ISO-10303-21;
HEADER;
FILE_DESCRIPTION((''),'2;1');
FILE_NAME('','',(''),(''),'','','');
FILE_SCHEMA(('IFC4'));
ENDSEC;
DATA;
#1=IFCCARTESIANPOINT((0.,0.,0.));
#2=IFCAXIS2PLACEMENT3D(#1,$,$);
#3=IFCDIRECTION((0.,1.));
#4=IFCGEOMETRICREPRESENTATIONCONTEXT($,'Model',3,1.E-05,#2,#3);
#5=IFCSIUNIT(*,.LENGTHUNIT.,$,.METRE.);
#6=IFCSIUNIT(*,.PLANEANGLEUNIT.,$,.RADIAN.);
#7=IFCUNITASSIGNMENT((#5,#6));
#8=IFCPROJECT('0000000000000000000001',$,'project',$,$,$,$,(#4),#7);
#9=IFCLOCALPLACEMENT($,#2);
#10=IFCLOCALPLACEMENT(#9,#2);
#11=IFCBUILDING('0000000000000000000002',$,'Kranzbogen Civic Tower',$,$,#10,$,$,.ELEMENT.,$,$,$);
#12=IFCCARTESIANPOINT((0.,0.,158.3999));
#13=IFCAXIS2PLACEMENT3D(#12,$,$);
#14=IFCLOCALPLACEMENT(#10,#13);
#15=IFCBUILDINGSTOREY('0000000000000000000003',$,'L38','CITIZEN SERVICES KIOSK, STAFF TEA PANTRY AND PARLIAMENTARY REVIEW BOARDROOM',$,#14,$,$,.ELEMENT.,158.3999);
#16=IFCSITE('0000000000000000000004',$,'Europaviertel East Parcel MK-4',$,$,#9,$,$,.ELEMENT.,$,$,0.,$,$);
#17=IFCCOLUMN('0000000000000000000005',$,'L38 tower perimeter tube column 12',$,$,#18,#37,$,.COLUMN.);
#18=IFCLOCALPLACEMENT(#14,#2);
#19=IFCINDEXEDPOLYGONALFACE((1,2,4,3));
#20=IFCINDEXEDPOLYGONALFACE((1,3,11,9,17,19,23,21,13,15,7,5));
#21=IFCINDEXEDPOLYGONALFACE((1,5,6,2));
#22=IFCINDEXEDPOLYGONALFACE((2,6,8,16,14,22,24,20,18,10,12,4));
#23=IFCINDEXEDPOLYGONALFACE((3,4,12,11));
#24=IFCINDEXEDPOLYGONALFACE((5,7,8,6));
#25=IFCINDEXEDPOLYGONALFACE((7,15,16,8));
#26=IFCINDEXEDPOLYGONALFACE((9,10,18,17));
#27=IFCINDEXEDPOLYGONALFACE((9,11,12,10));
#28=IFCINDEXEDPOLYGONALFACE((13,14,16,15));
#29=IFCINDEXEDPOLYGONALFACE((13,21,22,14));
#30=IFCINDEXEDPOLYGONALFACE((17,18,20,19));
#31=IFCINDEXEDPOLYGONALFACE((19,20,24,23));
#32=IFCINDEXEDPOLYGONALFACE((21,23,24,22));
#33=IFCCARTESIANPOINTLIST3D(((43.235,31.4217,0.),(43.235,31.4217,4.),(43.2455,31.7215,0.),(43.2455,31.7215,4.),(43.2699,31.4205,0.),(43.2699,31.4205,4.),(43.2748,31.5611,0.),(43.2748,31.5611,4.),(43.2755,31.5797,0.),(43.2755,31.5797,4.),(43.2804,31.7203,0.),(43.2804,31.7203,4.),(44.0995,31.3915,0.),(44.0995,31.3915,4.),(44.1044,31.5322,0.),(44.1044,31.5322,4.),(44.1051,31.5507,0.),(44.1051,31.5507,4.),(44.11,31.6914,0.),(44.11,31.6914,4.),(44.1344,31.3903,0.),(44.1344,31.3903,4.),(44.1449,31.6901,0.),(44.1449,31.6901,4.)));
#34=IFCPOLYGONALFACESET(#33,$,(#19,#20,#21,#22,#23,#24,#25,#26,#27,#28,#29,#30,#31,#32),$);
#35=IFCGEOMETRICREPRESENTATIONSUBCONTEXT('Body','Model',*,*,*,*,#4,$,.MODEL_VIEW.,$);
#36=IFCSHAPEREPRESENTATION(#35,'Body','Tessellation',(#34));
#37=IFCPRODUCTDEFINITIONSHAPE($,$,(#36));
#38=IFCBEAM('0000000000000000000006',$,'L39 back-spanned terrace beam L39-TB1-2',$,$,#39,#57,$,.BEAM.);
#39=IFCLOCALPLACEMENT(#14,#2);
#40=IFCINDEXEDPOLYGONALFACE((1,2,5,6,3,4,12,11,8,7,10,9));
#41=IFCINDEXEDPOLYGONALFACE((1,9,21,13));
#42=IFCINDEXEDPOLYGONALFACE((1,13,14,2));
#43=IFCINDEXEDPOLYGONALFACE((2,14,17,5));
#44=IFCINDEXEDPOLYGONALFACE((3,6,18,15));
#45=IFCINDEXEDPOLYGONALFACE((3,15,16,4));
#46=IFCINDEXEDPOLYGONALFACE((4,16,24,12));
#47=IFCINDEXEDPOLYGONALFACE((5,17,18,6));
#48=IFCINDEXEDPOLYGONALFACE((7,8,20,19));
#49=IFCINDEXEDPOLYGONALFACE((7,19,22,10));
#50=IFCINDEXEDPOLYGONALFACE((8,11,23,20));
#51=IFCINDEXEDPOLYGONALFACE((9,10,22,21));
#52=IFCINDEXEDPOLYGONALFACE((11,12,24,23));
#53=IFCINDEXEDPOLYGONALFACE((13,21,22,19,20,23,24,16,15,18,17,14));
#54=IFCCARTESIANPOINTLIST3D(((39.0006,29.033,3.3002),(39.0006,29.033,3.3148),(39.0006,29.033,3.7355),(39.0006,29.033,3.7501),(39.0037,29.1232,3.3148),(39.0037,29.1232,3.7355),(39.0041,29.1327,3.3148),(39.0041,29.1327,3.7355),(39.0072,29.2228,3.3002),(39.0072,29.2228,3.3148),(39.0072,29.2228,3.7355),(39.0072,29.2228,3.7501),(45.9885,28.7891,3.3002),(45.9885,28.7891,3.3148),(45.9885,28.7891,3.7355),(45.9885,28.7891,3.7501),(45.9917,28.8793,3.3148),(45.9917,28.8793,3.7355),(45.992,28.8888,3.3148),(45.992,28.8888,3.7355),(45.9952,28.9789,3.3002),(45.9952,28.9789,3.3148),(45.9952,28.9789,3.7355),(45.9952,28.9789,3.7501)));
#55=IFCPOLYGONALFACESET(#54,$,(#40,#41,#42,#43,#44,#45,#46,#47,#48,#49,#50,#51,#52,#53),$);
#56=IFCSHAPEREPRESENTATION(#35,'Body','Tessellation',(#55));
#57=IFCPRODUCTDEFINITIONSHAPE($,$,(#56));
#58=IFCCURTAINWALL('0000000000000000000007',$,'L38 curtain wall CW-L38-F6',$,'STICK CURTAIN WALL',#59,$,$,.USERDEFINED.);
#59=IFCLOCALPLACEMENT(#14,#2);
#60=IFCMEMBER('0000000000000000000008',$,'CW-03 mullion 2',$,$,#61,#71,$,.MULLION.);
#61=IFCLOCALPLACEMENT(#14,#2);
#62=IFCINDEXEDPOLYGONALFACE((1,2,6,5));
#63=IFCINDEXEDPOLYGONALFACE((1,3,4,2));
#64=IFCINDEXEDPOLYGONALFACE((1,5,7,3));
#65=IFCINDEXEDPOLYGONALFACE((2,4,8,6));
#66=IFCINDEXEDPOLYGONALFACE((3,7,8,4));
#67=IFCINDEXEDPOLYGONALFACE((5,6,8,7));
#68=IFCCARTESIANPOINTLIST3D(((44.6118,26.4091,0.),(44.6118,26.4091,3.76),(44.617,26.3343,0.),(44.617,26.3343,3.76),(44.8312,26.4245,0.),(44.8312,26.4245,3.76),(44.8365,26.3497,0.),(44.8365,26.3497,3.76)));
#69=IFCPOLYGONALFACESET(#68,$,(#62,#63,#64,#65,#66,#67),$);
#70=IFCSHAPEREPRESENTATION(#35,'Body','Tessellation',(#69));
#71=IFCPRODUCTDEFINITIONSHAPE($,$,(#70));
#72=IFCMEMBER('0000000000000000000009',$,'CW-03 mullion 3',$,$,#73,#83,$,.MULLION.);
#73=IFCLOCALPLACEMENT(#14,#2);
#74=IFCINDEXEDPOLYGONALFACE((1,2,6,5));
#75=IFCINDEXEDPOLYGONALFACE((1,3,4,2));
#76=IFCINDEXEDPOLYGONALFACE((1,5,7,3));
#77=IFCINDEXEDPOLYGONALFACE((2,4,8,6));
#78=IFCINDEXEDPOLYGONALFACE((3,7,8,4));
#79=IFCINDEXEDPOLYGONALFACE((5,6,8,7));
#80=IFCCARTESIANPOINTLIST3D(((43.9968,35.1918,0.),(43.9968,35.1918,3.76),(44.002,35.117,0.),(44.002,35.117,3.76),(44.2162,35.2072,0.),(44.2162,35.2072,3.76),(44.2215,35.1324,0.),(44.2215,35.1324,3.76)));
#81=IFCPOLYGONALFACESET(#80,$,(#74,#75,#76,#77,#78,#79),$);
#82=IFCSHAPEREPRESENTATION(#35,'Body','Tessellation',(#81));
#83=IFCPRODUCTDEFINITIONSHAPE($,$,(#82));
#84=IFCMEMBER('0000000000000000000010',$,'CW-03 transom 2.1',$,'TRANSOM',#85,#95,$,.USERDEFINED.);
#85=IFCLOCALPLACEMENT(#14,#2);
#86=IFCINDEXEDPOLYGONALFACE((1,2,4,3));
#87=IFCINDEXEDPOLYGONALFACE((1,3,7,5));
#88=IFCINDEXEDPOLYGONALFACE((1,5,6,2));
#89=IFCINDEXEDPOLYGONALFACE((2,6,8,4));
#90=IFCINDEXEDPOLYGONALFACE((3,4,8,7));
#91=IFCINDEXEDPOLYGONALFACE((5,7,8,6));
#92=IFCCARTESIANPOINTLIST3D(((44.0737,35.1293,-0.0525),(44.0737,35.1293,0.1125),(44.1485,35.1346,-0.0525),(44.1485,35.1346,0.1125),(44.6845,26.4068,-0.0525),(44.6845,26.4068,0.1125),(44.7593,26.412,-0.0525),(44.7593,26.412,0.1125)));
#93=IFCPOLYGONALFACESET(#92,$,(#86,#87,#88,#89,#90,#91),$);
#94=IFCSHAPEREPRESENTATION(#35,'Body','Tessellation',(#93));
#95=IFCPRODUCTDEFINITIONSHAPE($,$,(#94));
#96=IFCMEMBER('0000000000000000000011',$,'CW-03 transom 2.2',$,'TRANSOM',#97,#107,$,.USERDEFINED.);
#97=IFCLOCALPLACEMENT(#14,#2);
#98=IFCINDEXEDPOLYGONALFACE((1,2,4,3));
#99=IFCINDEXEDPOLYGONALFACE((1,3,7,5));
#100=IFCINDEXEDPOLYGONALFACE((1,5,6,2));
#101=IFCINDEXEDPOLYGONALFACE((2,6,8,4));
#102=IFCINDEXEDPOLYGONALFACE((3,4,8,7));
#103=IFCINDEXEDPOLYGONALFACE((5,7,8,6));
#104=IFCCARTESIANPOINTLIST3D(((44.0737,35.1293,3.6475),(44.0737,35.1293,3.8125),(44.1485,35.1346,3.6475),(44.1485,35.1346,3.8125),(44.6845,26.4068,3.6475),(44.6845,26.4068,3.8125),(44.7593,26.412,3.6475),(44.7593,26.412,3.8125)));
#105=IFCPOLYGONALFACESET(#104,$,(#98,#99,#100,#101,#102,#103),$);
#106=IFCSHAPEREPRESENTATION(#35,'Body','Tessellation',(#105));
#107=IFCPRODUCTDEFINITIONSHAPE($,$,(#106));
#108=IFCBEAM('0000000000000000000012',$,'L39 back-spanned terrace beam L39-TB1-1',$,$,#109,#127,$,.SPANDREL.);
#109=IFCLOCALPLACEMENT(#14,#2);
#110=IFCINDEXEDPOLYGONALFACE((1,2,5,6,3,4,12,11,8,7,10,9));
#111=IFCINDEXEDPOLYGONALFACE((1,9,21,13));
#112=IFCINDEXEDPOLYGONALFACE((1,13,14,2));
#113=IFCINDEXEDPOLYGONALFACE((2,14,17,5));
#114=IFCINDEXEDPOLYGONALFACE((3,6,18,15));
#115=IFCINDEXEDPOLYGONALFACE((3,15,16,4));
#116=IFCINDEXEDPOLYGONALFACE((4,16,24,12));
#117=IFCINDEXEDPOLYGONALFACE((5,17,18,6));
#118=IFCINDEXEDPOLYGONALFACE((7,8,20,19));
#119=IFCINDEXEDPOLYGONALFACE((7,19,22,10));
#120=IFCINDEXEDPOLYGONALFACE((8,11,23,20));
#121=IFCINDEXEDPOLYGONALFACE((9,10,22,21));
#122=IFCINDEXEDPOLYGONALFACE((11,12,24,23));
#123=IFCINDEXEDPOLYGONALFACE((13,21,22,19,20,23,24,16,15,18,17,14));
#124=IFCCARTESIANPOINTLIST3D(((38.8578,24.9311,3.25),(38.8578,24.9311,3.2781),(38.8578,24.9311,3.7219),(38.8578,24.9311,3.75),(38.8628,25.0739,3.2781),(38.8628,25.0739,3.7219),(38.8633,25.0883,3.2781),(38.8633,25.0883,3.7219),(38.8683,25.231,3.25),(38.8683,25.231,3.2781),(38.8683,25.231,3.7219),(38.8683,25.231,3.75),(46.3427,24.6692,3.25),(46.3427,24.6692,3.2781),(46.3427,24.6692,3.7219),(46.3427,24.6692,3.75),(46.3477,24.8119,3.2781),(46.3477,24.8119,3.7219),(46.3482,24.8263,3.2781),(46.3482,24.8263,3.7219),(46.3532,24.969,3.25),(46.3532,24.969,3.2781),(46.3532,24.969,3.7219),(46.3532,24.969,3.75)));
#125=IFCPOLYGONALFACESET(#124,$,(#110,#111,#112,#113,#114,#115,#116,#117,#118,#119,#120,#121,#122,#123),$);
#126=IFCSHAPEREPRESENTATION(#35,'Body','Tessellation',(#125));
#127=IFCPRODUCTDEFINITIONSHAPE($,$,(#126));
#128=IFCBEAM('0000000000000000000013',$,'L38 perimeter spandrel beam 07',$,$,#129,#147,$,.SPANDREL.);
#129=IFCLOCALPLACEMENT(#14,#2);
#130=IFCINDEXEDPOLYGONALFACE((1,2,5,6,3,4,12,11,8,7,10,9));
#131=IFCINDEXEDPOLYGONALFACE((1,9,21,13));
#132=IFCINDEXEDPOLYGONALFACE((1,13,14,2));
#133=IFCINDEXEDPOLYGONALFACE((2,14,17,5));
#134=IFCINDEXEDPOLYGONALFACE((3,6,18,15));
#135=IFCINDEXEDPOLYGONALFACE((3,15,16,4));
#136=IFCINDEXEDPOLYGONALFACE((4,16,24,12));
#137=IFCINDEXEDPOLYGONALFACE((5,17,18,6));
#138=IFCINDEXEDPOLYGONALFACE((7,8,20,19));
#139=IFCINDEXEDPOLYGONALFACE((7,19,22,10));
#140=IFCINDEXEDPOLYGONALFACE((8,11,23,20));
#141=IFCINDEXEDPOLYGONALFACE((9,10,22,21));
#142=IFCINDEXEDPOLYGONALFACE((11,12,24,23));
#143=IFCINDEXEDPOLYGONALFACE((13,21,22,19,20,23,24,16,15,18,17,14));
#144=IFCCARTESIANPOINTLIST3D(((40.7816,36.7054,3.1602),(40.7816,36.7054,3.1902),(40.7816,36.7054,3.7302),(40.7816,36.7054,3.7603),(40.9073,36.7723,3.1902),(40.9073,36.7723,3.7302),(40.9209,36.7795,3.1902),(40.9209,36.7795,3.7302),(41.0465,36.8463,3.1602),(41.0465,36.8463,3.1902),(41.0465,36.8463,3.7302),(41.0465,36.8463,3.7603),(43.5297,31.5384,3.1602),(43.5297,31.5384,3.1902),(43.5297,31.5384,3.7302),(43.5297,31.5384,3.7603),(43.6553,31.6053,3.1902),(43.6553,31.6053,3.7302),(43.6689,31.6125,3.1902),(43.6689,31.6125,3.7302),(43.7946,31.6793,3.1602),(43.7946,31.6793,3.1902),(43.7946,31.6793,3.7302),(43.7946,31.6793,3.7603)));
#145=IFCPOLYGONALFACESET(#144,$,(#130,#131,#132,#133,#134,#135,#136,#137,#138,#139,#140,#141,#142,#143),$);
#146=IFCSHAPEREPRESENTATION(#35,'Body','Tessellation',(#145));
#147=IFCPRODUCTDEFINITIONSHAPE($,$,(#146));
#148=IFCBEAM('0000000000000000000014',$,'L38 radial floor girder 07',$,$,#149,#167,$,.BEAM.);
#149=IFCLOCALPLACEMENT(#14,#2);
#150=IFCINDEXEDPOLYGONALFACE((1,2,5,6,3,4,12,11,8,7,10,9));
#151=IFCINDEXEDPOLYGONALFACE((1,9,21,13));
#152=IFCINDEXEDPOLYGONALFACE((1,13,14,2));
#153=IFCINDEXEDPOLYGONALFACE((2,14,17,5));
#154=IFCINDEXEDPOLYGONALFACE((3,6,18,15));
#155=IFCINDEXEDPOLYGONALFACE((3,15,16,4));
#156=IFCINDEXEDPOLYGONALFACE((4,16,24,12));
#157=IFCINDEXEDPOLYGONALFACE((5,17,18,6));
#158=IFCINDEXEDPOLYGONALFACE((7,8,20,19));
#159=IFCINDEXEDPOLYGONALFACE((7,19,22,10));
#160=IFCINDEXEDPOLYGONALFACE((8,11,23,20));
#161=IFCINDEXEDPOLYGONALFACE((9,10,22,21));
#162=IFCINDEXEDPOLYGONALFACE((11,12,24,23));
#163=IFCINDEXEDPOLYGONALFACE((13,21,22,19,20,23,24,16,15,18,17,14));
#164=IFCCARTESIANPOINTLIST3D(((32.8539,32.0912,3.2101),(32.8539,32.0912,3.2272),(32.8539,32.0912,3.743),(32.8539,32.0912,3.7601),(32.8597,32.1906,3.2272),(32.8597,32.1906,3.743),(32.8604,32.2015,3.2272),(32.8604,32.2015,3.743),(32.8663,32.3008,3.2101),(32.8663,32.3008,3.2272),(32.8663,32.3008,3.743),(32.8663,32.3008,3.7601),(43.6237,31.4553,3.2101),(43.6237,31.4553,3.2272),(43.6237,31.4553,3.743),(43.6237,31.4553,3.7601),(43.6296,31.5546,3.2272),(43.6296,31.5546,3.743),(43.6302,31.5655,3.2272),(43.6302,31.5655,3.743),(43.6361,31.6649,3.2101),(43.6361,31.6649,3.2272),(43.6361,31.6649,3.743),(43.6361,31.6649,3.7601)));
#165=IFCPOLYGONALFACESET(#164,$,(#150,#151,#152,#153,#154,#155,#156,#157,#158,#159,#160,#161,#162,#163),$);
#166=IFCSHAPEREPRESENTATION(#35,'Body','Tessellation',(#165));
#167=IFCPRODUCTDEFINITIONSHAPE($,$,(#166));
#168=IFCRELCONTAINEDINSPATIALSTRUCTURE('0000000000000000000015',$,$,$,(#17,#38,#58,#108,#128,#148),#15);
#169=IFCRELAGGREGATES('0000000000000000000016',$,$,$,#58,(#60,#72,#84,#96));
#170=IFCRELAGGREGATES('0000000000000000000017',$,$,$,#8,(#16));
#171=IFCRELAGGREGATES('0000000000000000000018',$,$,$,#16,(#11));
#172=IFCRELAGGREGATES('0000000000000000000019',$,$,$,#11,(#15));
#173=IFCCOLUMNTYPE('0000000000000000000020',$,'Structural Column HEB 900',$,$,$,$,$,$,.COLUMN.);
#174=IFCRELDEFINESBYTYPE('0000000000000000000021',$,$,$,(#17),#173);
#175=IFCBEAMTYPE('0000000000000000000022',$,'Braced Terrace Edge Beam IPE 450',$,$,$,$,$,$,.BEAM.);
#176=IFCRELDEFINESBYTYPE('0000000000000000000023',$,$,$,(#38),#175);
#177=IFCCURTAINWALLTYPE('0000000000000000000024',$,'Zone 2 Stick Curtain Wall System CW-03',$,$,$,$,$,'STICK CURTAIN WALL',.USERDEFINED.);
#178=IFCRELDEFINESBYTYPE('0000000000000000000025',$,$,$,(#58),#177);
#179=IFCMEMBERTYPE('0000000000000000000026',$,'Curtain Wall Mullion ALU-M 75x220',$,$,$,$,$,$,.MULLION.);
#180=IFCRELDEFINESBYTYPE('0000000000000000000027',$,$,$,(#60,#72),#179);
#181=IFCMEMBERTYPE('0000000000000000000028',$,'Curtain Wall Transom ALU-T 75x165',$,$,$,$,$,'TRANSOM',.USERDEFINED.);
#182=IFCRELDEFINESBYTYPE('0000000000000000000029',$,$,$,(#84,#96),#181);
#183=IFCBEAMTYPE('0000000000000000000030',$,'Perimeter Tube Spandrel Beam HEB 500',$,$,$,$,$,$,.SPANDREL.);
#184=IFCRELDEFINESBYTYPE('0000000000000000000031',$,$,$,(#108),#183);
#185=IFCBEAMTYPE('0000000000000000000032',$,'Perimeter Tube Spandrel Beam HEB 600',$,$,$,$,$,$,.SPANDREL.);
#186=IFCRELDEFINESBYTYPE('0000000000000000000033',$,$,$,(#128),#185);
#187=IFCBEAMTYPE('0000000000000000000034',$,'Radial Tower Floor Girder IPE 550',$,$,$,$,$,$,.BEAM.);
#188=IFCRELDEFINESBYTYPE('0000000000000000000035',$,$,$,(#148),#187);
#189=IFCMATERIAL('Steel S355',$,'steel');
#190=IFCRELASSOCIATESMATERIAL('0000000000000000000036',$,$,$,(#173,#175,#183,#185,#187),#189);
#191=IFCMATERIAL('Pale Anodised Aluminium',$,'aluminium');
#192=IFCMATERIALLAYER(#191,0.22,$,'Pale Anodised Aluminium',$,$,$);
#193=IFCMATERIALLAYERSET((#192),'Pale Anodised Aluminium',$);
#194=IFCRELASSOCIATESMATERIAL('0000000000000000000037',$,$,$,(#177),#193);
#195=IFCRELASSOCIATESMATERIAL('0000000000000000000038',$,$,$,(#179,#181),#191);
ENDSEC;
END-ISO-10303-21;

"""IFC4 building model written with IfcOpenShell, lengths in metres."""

from ifc_helpers import new_model, si_unit, direction, frame, origin, origin_2d, place, context, subcontext, project, spatial, rectangle, i_section, extrude, material, layer, layer_set, material_profile, profile_set, type_object, element, aggregate, save


model = new_model("IFC4")

# Units and contexts
model_context = context("Model", 3, precision=1e-05, world=origin(), true_north=direction((0.0, 1.0)))
body_context = subcontext(model_context, "Body", "Model", "MODEL_VIEW")
ifc_project = project(units=[si_unit("LENGTHUNIT", "METRE"), si_unit("PLANEANGLEUNIT", "RADIAN")], contexts=[model_context])

# Site, building, storey
site_placement = place(None, origin())
site = spatial("IfcSite", under=ifc_project, at=site_placement, Name="Europaviertel East Parcel MK-4", CompositionType="ELEMENT", RefElevation=0.0)
building_placement = place(site_placement, origin())
building = spatial("IfcBuilding", under=site, at=building_placement, Name="Kranzbogen Civic Tower", CompositionType="ELEMENT")
storey_placement = place(building_placement, frame((0.0, 0.0, 158.3999)))
storey = spatial("IfcBuildingStorey", under=building, at=storey_placement, Name="L38", Description="CITIZEN SERVICES KIOSK, STAFF TEA PANTRY AND PARLIAMENTARY REVIEW BOARDROOM", CompositionType="ELEMENT", Elevation=158.3999)

# Column
ifc_material_1 = material(Name="Steel S355", Category="steel")
ifc_material_profile_1 = material_profile(ifc_material_1, i_section(OverallWidth=0.3, OverallDepth=0.8999, WebThickness=0.0186, FlangeThickness=0.0349, at=origin_2d()), Name="HEB 900")
ifc_profile_set_1 = profile_set([ifc_material_profile_1], Name="Steel S355")
column_type = type_object("IfcColumnType", Name="Structural Column HEB 900", PredefinedType="COLUMN", material=ifc_profile_set_1)
column_placement = place(storey_placement, frame((43.6899, 31.5559, 0.0), z_axis=(0.0, 0.0, 1.0), x_axis=(0.034899, 0.999391, 0.0)))
element("IfcColumn", 1, at=column_placement, inside=storey, type_object=column_type, Name="L38 tower perimeter tube column 12", PredefinedType="COLUMN", context=body_context, shape_type="SweptSolid", body=[
    extrude(i_section(OverallWidth=0.3, OverallDepth=0.8999, WebThickness=0.0186, FlangeThickness=0.0349, at=origin_2d()), origin(), (0.0, 0.0, 1.0), 4.0),
])

# Beam
ifc_material_profile_2 = material_profile(ifc_material_1, i_section(OverallWidth=0.1899, OverallDepth=0.45, WebThickness=0.0095, FlangeThickness=0.0146, at=origin_2d()), Name="IPE 450")
ifc_profile_set_2 = profile_set([ifc_material_profile_2], Name="Steel S355")
beam_type_1 = type_object("IfcBeamType", Name="Braced Terrace Edge Beam IPE 450", PredefinedType="BEAM", material=ifc_profile_set_2)
beam_1_placement = place(storey_placement, frame((39.0039, 29.1279, 3.5251), z_axis=(0.999391, -0.034881, 0.0), x_axis=(0.034881, 0.999391, 0.0)))
element("IfcBeam", 2, at=beam_1_placement, inside=storey, type_object=beam_type_1, Name="L39 back-spanned terrace beam L39-TB1-2", PredefinedType="BEAM", context=body_context, shape_type="SweptSolid", body=[
    extrude(i_section(OverallWidth=0.1899, OverallDepth=0.45, WebThickness=0.0095, FlangeThickness=0.0146, at=origin_2d()), origin(), (0.0, 0.0, 1.0), 6.9922),
])

# Curtain wall, members
ifc_material_2 = material(Name="Pale Anodised Aluminium", Category="aluminium")
ifc_layer_1 = layer(ifc_material_2, 0.22, Name="Pale Anodised Aluminium")
ifc_layer_set_1 = layer_set([ifc_layer_1], Name="Pale Anodised Aluminium")
curtain_wall_type = type_object("IfcCurtainWallType", Name="Zone 2 Stick Curtain Wall System CW-03", ElementType="STICK CURTAIN WALL", PredefinedType="USERDEFINED", material=ifc_layer_set_1)
curtain_wall_placement = place(storey_placement, origin())
curtain_wall = element("IfcCurtainWall", 3, at=curtain_wall_placement, inside=storey, type_object=curtain_wall_type, Name="L38 curtain wall CW-L38-F6", ObjectType="STICK CURTAIN WALL", PredefinedType="USERDEFINED")
ifc_material_profile_3 = material_profile(ifc_material_2, rectangle(XDim=0.075, YDim=0.22, at=origin_2d()), Name="ALU-M 75x220")
ifc_profile_set_3 = profile_set([ifc_material_profile_3], Name="Pale Anodised Aluminium")
member_type_1 = type_object("IfcMemberType", Name="Curtain Wall Mullion ALU-M 75x220", PredefinedType="MULLION", material=ifc_profile_set_3)
member_1_placement = place(storey_placement, frame((44.7241, 26.3794, 0.0), z_axis=(0.0, 0.0, 1.0), x_axis=(-0.069843, 0.997558, 0.0)))
member_1 = element("IfcMember", 4, at=member_1_placement, type_object=member_type_1, Name="CW-03 mullion 2", PredefinedType="MULLION", context=body_context, shape_type="SweptSolid", body=[
    extrude(rectangle(XDim=0.075, YDim=0.22, at=origin_2d()), origin(), (0.0, 0.0, 1.0), 3.76),
])
member_2_placement = place(storey_placement, frame((44.1091, 35.1621, 0.0), z_axis=(0.0, 0.0, 1.0), x_axis=(-0.069843, 0.997558, 0.0)))
member_2 = element("IfcMember", 5, at=member_2_placement, type_object=member_type_1, Name="CW-03 mullion 3", PredefinedType="MULLION", context=body_context, shape_type="SweptSolid", body=[
    extrude(rectangle(XDim=0.075, YDim=0.22, at=origin_2d()), origin(), (0.0, 0.0, 1.0), 3.76),
])
ifc_material_profile_4 = material_profile(ifc_material_2, rectangle(XDim=0.075, YDim=0.165, at=origin_2d()), Name="ALU-T 75x165")
ifc_profile_set_4 = profile_set([ifc_material_profile_4], Name="Pale Anodised Aluminium")
member_type_2 = type_object("IfcMemberType", Name="Curtain Wall Transom ALU-T 75x165", ElementType="TRANSOM", PredefinedType="USERDEFINED", material=ifc_profile_set_4)
member_3_placement = place(storey_placement, frame((44.7219, 26.4094, 0.03), z_axis=(-0.069858, 0.997557, 0.0), x_axis=(-0.997557, -0.069858, 0.0)))
member_3 = element("IfcMember", 6, at=member_3_placement, type_object=member_type_2, Name="CW-03 transom 2.1", ObjectType="TRANSOM", PredefinedType="USERDEFINED", context=body_context, shape_type="SweptSolid", body=[
    extrude(rectangle(XDim=0.075, YDim=0.165, at=origin_2d()), origin(), (0.0, 0.0, 1.0), 8.7439),
])
member_4_placement = place(storey_placement, frame((44.7219, 26.4094, 3.73), z_axis=(-0.069858, 0.997557, 0.0), x_axis=(-0.997557, -0.069858, 0.0)))
member_4 = element("IfcMember", 7, at=member_4_placement, type_object=member_type_2, Name="CW-03 transom 2.2", ObjectType="TRANSOM", PredefinedType="USERDEFINED", context=body_context, shape_type="SweptSolid", body=[
    extrude(rectangle(XDim=0.075, YDim=0.165, at=origin_2d()), origin(), (0.0, 0.0, 1.0), 8.7439),
])

# Beams
ifc_material_profile_5 = material_profile(ifc_material_1, i_section(OverallWidth=0.3, OverallDepth=0.5, WebThickness=0.0144, FlangeThickness=0.0281, at=origin_2d()), Name="HEB 500")
ifc_profile_set_5 = profile_set([ifc_material_profile_5], Name="Steel S355")
beam_type_2 = type_object("IfcBeamType", Name="Perimeter Tube Spandrel Beam HEB 500", PredefinedType="SPANDREL", material=ifc_profile_set_5)
beam_2_placement = place(storey_placement, frame((38.863, 25.0811, 3.5), z_axis=(0.999388, -0.034978, 0.0), x_axis=(0.034978, 0.999388, 0.0)))
element("IfcBeam", 8, at=beam_2_placement, inside=storey, type_object=beam_type_2, Name="L39 back-spanned terrace beam L39-TB1-1", PredefinedType="SPANDREL", context=body_context, shape_type="SweptSolid", body=[
    extrude(i_section(OverallWidth=0.3, OverallDepth=0.5, WebThickness=0.0144, FlangeThickness=0.0281, at=origin_2d()), origin(), (0.0, 0.0, 1.0), 7.4895),
])
ifc_material_profile_6 = material_profile(ifc_material_1, i_section(OverallWidth=0.3, OverallDepth=0.6001, WebThickness=0.0154, FlangeThickness=0.03, at=origin_2d()), Name="HEB 600")
ifc_profile_set_6 = profile_set([ifc_material_profile_6], Name="Steel S355")
beam_type_3 = type_object("IfcBeamType", Name="Perimeter Tube Spandrel Beam HEB 600", PredefinedType="SPANDREL", material=ifc_profile_set_6)
beam_3_placement = place(storey_placement, frame((43.6621, 31.6089, 3.4602), z_axis=(-0.469566, 0.882897, 0.0), x_axis=(-0.882897, -0.469566, 0.0)))
element("IfcBeam", 9, at=beam_3_placement, inside=storey, type_object=beam_type_3, Name="L38 perimeter spandrel beam 07", PredefinedType="SPANDREL", context=body_context, shape_type="SweptSolid", body=[
    extrude(i_section(OverallWidth=0.3, OverallDepth=0.6001, WebThickness=0.0154, FlangeThickness=0.03, at=origin_2d()), origin(), (0.0, 0.0, 1.0), 5.8523),
])
ifc_material_profile_7 = material_profile(ifc_material_1, i_section(OverallWidth=0.21, OverallDepth=0.55, WebThickness=0.011, FlangeThickness=0.0171, at=origin_2d()), Name="IPE 550")
ifc_profile_set_7 = profile_set([ifc_material_profile_7], Name="Steel S355")
beam_type_4 = type_object("IfcBeamType", Name="Radial Tower Floor Girder IPE 550", PredefinedType="BEAM", material=ifc_profile_set_7)
beam_4_placement = place(storey_placement, frame((43.6299, 31.5601, 3.4851), z_axis=(-0.998261, 0.05895, 0.0), x_axis=(-0.05895, -0.998261, 0.0)))
element("IfcBeam", 10, at=beam_4_placement, inside=storey, type_object=beam_type_4, Name="L38 radial floor girder 07", PredefinedType="BEAM", context=body_context, shape_type="SweptSolid", body=[
    extrude(i_section(OverallWidth=0.21, OverallDepth=0.55, WebThickness=0.011, FlangeThickness=0.0171, at=origin_2d()), origin(), (0.0, 0.0, 1.0), 10.7886),
])

aggregate(curtain_wall, [member_1, member_2, member_3, member_4])

save(model, "model.ifc")
